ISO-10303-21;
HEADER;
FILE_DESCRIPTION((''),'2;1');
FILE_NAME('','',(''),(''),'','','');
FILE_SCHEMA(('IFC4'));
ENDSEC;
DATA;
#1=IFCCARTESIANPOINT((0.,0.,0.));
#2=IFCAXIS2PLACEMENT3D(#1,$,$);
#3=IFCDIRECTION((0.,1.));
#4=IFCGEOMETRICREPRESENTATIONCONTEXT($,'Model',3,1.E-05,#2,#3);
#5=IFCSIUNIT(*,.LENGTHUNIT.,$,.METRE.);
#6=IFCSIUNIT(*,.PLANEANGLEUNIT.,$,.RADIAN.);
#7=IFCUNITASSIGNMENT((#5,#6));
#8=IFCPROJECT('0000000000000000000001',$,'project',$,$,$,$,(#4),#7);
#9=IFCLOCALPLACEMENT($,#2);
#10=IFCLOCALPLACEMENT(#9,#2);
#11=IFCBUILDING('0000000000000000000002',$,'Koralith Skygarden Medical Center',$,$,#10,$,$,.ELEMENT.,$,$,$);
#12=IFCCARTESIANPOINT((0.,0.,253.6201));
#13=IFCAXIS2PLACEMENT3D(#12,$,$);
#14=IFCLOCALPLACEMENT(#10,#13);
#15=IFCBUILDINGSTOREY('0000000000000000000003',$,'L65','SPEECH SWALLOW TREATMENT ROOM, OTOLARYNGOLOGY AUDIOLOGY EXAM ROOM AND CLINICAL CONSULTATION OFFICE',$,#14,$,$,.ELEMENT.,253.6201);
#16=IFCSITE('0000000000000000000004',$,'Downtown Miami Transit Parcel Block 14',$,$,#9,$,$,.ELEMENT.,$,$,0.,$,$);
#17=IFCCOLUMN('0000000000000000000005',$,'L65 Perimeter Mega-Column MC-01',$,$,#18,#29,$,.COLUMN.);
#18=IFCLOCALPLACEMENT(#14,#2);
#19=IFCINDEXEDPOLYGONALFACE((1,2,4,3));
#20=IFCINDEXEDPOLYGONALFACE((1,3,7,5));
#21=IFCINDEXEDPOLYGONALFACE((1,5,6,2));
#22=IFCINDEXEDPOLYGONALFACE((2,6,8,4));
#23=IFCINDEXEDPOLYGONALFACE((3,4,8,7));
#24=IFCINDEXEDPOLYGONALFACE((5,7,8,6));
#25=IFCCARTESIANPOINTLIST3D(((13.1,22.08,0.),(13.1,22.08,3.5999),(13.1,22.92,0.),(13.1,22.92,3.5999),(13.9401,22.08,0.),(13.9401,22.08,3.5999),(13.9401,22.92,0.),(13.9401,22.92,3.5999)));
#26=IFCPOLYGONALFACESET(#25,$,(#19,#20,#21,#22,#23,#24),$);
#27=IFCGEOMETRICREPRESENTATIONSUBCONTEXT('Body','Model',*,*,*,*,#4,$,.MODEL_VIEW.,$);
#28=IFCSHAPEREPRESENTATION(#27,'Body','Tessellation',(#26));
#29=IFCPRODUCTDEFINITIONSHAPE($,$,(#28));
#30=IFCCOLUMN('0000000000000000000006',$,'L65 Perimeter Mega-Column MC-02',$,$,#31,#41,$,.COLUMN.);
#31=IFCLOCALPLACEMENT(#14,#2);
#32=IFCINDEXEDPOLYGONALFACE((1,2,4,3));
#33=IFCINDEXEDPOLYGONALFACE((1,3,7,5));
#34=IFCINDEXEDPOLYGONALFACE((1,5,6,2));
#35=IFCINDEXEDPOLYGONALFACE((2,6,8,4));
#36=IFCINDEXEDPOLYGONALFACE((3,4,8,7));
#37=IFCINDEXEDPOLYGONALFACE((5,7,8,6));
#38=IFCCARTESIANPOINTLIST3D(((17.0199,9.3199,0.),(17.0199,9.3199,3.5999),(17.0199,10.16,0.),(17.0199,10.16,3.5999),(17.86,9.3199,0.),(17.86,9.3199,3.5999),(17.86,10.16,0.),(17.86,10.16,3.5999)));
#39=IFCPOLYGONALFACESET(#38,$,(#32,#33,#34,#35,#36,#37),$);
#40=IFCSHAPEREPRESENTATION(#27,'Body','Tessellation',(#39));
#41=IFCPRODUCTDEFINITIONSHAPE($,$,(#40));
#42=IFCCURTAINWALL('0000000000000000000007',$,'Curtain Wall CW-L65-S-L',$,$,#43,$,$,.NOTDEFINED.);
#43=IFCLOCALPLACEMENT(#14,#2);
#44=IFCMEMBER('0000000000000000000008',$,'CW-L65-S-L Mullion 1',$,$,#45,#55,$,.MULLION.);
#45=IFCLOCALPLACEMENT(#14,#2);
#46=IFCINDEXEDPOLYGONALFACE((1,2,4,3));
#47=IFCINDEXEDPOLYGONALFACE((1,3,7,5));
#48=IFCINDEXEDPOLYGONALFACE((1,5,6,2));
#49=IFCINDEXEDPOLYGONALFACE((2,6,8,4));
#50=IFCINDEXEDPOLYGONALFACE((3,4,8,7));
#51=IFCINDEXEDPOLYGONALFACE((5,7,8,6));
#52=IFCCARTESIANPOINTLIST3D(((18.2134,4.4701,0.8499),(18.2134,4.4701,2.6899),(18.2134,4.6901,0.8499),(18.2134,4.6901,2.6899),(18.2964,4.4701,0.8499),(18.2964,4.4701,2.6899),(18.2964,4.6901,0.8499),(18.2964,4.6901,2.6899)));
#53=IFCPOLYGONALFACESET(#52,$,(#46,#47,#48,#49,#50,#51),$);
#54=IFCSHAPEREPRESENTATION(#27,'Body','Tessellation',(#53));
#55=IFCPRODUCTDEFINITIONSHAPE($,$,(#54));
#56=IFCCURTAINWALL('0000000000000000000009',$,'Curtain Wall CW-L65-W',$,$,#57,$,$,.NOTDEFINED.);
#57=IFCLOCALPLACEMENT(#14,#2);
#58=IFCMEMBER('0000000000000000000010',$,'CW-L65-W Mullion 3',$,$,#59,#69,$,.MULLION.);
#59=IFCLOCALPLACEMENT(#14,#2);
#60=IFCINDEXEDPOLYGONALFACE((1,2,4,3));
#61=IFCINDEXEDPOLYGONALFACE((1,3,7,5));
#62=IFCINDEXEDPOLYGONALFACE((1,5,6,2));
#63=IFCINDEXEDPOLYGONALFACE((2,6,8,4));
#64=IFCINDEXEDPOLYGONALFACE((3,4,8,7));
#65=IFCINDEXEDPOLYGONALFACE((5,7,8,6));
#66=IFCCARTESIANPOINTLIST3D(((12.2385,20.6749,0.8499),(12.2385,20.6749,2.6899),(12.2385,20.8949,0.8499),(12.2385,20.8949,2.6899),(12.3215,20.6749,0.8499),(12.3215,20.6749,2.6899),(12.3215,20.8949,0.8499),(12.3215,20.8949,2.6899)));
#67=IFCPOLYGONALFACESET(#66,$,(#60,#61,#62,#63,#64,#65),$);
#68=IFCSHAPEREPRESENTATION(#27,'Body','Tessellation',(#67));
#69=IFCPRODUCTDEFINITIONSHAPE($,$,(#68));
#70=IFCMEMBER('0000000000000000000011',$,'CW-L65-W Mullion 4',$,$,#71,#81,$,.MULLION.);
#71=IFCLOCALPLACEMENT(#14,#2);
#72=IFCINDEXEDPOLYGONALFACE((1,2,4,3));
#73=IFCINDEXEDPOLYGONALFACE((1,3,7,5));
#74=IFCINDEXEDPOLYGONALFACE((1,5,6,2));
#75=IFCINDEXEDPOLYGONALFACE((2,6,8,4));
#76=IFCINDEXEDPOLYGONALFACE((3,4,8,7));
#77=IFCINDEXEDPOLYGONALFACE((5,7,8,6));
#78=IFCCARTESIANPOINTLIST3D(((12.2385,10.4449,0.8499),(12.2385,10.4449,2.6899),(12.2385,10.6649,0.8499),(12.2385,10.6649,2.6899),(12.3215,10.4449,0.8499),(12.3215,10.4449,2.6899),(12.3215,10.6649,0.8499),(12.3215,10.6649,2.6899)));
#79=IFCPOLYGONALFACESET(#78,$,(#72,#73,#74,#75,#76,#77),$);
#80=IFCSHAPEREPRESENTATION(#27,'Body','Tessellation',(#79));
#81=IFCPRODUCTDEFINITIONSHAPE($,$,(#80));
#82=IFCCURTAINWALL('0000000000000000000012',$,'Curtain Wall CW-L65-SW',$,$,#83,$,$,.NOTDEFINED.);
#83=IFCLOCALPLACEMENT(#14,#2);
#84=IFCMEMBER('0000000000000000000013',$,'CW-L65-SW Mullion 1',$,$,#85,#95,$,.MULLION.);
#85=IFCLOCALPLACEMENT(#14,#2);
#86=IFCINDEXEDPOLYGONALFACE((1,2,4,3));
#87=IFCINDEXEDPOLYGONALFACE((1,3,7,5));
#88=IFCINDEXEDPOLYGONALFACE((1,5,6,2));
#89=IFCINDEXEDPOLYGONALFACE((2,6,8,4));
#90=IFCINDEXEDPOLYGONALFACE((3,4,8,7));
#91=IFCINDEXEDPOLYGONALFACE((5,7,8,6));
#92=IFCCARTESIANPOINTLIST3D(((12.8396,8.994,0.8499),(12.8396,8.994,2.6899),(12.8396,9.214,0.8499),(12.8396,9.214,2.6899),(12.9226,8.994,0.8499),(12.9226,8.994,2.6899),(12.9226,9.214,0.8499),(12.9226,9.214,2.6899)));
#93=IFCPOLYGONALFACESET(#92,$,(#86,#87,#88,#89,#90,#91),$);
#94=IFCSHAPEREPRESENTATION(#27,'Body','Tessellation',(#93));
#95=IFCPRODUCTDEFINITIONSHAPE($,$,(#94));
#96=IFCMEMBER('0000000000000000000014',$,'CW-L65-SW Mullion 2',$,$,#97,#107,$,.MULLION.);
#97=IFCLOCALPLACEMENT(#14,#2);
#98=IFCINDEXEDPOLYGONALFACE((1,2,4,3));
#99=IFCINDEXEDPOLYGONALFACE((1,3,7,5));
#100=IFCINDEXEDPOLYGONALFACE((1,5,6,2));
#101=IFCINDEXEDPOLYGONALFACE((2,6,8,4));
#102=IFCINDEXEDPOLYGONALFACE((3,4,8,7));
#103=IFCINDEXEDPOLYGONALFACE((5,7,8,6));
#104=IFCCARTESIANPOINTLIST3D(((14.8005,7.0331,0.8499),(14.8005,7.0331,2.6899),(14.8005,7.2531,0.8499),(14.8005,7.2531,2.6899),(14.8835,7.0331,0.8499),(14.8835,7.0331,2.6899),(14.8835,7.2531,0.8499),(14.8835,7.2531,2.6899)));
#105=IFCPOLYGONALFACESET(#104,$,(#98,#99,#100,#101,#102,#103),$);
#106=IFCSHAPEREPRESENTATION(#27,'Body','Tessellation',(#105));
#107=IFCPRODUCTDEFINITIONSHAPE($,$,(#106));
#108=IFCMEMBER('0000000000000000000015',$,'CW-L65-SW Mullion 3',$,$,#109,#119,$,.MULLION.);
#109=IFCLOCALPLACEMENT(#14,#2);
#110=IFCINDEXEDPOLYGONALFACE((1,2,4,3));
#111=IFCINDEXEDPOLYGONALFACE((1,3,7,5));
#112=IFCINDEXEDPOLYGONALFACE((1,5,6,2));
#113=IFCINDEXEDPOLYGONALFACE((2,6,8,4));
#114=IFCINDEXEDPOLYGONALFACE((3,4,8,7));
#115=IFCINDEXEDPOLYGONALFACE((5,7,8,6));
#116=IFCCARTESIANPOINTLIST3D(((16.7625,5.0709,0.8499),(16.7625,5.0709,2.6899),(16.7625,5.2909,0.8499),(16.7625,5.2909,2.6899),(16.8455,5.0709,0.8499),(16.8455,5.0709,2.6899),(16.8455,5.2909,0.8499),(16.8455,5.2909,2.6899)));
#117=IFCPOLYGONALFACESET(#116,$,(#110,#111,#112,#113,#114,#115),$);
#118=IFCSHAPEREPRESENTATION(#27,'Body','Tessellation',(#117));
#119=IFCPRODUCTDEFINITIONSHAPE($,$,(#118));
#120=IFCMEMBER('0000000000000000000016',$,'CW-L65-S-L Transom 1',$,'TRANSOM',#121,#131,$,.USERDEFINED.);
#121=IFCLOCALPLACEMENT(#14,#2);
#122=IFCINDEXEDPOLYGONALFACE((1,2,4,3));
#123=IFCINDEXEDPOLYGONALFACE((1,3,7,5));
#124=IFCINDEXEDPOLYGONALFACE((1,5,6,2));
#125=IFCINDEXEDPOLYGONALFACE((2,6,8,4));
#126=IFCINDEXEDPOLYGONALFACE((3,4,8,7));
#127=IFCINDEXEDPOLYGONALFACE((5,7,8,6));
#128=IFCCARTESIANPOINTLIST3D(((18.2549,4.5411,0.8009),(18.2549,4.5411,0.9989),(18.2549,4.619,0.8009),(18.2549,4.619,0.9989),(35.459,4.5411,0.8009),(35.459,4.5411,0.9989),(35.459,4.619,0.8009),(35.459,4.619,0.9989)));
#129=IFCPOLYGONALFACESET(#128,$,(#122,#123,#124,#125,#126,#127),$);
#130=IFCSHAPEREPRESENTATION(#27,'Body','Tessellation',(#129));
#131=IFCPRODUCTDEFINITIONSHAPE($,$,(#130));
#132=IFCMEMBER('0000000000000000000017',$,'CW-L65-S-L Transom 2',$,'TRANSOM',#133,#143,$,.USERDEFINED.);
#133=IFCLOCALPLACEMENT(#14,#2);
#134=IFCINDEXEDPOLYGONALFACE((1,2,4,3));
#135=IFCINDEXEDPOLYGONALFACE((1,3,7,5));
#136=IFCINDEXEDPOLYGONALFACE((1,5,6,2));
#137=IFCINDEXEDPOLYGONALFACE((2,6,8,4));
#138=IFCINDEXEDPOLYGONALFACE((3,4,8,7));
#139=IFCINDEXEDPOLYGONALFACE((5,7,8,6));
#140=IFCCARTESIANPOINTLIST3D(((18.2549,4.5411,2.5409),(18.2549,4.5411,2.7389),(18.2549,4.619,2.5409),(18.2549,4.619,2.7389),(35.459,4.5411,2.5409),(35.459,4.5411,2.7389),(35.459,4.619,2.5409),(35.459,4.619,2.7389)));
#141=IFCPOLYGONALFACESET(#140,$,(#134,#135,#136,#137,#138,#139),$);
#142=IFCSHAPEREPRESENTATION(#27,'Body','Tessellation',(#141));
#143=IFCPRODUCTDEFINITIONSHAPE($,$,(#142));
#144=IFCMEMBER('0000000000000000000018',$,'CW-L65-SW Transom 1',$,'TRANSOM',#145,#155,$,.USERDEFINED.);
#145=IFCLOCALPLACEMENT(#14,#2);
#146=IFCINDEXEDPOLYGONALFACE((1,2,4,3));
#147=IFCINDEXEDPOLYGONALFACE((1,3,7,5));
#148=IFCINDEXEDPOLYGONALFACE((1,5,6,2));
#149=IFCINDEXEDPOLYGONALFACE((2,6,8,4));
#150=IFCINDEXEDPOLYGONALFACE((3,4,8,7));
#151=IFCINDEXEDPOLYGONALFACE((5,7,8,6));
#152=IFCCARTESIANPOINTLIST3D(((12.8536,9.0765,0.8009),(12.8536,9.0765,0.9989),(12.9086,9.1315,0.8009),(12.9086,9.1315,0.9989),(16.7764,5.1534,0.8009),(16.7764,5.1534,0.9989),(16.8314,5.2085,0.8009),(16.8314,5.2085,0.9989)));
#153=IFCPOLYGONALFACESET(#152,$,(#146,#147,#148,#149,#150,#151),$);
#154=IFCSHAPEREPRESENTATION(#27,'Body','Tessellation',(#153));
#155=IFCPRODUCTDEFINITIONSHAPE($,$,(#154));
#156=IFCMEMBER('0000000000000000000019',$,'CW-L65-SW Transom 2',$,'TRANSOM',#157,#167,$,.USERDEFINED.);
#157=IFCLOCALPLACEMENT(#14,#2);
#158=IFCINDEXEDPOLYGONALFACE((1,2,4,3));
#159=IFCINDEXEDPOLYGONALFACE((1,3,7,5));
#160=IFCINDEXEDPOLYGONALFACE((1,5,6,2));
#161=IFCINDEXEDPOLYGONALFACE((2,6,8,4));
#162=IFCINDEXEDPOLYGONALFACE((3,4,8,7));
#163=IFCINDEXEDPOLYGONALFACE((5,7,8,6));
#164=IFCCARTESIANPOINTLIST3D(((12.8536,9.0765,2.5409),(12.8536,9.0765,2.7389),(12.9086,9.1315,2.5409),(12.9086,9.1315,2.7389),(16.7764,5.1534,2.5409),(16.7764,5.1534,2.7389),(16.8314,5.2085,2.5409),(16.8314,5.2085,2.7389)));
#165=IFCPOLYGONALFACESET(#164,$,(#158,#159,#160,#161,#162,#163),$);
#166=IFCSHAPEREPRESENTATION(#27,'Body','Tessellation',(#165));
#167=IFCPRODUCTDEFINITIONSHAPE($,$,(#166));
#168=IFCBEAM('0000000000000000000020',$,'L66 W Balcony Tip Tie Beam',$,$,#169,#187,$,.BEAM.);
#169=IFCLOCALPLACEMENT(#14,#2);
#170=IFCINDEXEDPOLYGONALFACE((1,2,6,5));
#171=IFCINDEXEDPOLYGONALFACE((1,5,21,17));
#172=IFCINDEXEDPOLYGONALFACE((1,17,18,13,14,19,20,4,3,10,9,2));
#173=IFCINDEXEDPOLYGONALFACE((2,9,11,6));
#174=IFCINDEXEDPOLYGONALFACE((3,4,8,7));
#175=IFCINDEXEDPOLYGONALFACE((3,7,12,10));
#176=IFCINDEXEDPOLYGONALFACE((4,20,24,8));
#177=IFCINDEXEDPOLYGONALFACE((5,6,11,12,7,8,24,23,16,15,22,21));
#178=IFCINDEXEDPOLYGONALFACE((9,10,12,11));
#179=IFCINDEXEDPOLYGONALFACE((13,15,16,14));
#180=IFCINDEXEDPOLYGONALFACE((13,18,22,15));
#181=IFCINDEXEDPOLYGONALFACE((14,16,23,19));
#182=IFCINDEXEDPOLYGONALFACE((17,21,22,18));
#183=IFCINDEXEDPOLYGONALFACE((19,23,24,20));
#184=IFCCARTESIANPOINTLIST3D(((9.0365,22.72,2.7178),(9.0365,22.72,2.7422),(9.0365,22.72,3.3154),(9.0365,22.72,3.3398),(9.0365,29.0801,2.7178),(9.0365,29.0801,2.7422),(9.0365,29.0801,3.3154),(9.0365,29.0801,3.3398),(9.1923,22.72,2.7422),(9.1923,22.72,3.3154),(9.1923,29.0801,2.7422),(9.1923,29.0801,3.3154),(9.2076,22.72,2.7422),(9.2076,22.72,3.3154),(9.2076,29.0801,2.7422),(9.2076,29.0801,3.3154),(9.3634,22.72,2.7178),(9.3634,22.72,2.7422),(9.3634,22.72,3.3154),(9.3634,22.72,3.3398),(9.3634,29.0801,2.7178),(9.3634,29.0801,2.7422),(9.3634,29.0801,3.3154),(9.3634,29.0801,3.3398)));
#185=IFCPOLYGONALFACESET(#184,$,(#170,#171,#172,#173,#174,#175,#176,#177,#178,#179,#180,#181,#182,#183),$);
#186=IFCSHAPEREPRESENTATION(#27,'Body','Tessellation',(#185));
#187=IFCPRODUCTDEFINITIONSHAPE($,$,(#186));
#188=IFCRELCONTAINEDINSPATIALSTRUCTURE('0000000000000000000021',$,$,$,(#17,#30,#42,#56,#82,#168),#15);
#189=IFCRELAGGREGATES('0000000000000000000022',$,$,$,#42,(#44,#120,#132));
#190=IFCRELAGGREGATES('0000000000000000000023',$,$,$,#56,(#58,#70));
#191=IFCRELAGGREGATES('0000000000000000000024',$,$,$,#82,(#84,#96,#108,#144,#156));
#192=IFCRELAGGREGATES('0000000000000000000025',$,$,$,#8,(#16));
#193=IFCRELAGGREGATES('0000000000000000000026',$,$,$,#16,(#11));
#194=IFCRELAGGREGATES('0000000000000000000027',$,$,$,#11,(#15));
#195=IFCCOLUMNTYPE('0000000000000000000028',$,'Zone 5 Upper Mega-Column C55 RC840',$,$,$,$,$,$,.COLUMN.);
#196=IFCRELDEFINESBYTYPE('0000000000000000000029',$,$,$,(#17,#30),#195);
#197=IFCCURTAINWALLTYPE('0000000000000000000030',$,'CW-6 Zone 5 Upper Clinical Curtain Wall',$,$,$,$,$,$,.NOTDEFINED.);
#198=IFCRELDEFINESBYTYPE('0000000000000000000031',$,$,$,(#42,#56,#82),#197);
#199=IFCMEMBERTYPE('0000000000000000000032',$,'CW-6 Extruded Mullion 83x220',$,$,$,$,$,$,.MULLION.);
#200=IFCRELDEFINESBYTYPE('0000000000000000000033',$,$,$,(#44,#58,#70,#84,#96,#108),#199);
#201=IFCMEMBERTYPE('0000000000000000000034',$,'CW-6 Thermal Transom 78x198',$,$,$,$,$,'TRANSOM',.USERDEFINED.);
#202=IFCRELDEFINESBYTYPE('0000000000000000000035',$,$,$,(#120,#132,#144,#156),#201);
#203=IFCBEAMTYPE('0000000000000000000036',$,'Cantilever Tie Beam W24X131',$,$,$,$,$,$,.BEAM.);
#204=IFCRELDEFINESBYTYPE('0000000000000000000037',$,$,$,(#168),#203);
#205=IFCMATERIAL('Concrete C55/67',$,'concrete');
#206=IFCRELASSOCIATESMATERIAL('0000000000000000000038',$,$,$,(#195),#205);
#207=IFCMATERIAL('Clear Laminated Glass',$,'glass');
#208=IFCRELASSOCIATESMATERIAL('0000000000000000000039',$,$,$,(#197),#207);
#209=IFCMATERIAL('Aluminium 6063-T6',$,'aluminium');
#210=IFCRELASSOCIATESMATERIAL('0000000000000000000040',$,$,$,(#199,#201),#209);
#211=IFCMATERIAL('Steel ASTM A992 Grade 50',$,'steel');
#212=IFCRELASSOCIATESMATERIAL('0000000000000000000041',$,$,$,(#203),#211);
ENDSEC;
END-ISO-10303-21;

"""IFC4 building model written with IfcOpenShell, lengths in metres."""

from ifc_helpers import new_model, si_unit, direction, frame, origin, origin_2d, place, context, subcontext, project, spatial, rectangle, i_section, extrude, material, material_profile, profile_set, type_object, element, aggregate, save


model = new_model("IFC4")

# Units and contexts
model_context = context("Model", 3, precision=1e-05, world=origin(), true_north=direction((0.0, 1.0)))
body_context = subcontext(model_context, "Body", "Model", "MODEL_VIEW")
ifc_project = project(units=[si_unit("LENGTHUNIT", "METRE"), si_unit("PLANEANGLEUNIT", "RADIAN")], contexts=[model_context])

# Site, building, storey
site_placement = place(None, origin())
site = spatial("IfcSite", under=ifc_project, at=site_placement, Name="Downtown Miami Transit Parcel Block 14", CompositionType="ELEMENT", RefElevation=0.0)
building_placement = place(site_placement, origin())
building = spatial("IfcBuilding", under=site, at=building_placement, Name="Koralith Skygarden Medical Center", CompositionType="ELEMENT")
storey_placement = place(building_placement, frame((0.0, 0.0, 253.6201)))
storey = spatial("IfcBuildingStorey", under=building, at=storey_placement, Name="L65", Description="SPEECH SWALLOW TREATMENT ROOM, OTOLARYNGOLOGY AUDIOLOGY EXAM ROOM AND CLINICAL CONSULTATION OFFICE", CompositionType="ELEMENT", Elevation=253.6201)

# Columns
ifc_material_1 = material(Name="Concrete C55/67", Category="concrete")
ifc_material_profile_1 = material_profile(ifc_material_1, rectangle(XDim=0.8401, YDim=0.8401, at=origin_2d()), Name="RC840X840")
ifc_profile_set_1 = profile_set([ifc_material_profile_1], Name="Concrete C55/67")
column_type = type_object("IfcColumnType", Name="Zone 5 Upper Mega-Column C55 RC840", PredefinedType="COLUMN", material=ifc_profile_set_1)
for number, where, z_axis, x_axis, name in (
    (1, (13.52, 22.5, 0.0), (0.0, 0.0, 1.0), (1.0, 0.0, 0.0), "L65 Perimeter Mega-Column MC-01"),
    (2, (17.4399, 9.74, 0.0), (0.0, 0.0, 1.0), (1.0, 0.0, 0.0), "L65 Perimeter Mega-Column MC-02"),
):
    element("IfcColumn", number, at=place(storey_placement, frame(where, z_axis=z_axis, x_axis=x_axis)), inside=storey, type_object=column_type, Name=name, PredefinedType="COLUMN", context=body_context, shape_type="SweptSolid", body=[
        extrude(rectangle(XDim=0.8401, YDim=0.8401, at=origin_2d()), origin(), (0.0, 0.0, 1.0), 3.5999),
    ])

# Curtain wall, member
ifc_material_2 = material(Name="Clear Laminated Glass", Category="glass")
curtain_wall_type = type_object("IfcCurtainWallType", Name="CW-6 Zone 5 Upper Clinical Curtain Wall", PredefinedType="NOTDEFINED", material=ifc_material_2)
curtain_wall_1_placement = place(storey_placement, origin())
curtain_wall_1 = element("IfcCurtainWall", 3, at=curtain_wall_1_placement, inside=storey, type_object=curtain_wall_type, Name="Curtain Wall CW-L65-S-L", PredefinedType="NOTDEFINED")
ifc_material_3 = material(Name="Aluminium 6063-T6", Category="aluminium")
ifc_material_profile_2 = material_profile(ifc_material_3, rectangle(XDim=0.083, YDim=0.22, at=origin_2d()), Name="MUL83X220")
ifc_profile_set_2 = profile_set([ifc_material_profile_2], Name="Aluminium 6063-T6")
member_type_1 = type_object("IfcMemberType", Name="CW-6 Extruded Mullion 83x220", PredefinedType="MULLION", material=ifc_profile_set_2)
member_1_placement = place(storey_placement, frame((18.2549, 4.5801, 0.8499), z_axis=(0.0, 0.0, 1.0), x_axis=(1.0, 0.0, 0.0)))
member_1 = element("IfcMember", 4, at=member_1_placement, type_object=member_type_1, Name="CW-L65-S-L Mullion 1", PredefinedType="MULLION", context=body_context, shape_type="SweptSolid", body=[
    extrude(rectangle(XDim=0.083, YDim=0.22, at=origin_2d()), origin(), (0.0, 0.0, 1.0), 1.8401),
])

# Curtain walls, members
curtain_wall_2_placement = place(storey_placement, origin())
curtain_wall_2 = element("IfcCurtainWall", 5, at=curtain_wall_2_placement, inside=storey, type_object=curtain_wall_type, Name="Curtain Wall CW-L65-W", PredefinedType="NOTDEFINED")
member_2_placement = place(storey_placement, frame((12.28, 20.7849, 0.8499), z_axis=(0.0, 0.0, 1.0), x_axis=(1.0, 0.0, 0.0)))
member_2 = element("IfcMember", 6, at=member_2_placement, type_object=member_type_1, Name="CW-L65-W Mullion 3", PredefinedType="MULLION", context=body_context, shape_type="SweptSolid", body=[
    extrude(rectangle(XDim=0.083, YDim=0.22, at=origin_2d()), origin(), (0.0, 0.0, 1.0), 1.8401),
])
member_3_placement = place(storey_placement, frame((12.28, 10.5549, 0.8499), z_axis=(0.0, 0.0, 1.0), x_axis=(1.0, 0.0, 0.0)))
member_3 = element("IfcMember", 7, at=member_3_placement, type_object=member_type_1, Name="CW-L65-W Mullion 4", PredefinedType="MULLION", context=body_context, shape_type="SweptSolid", body=[
    extrude(rectangle(XDim=0.083, YDim=0.22, at=origin_2d()), origin(), (0.0, 0.0, 1.0), 1.8401),
])
curtain_wall_3_placement = place(storey_placement, origin())
curtain_wall_3 = element("IfcCurtainWall", 8, at=curtain_wall_3_placement, inside=storey, type_object=curtain_wall_type, Name="Curtain Wall CW-L65-SW", PredefinedType="NOTDEFINED")
member_4_placement = place(storey_placement, frame((12.8811, 9.104, 0.8499), z_axis=(0.0, 0.0, 1.0), x_axis=(1.0, 0.0, 0.0)))
member_4 = element("IfcMember", 9, at=member_4_placement, type_object=member_type_1, Name="CW-L65-SW Mullion 1", PredefinedType="MULLION", context=body_context, shape_type="SweptSolid", body=[
    extrude(rectangle(XDim=0.083, YDim=0.22, at=origin_2d()), origin(), (0.0, 0.0, 1.0), 1.8401),
])
member_5_placement = place(storey_placement, frame((14.842, 7.1431, 0.8499), z_axis=(0.0, 0.0, 1.0), x_axis=(1.0, 0.0, 0.0)))
member_5 = element("IfcMember", 10, at=member_5_placement, type_object=member_type_1, Name="CW-L65-SW Mullion 2", PredefinedType="MULLION", context=body_context, shape_type="SweptSolid", body=[
    extrude(rectangle(XDim=0.083, YDim=0.22, at=origin_2d()), origin(), (0.0, 0.0, 1.0), 1.8401),
])
member_6_placement = place(storey_placement, frame((16.804, 5.1809, 0.8499), z_axis=(0.0, 0.0, 1.0), x_axis=(1.0, 0.0, 0.0)))
member_6 = element("IfcMember", 11, at=member_6_placement, type_object=member_type_1, Name="CW-L65-SW Mullion 3", PredefinedType="MULLION", context=body_context, shape_type="SweptSolid", body=[
    extrude(rectangle(XDim=0.083, YDim=0.22, at=origin_2d()), origin(), (0.0, 0.0, 1.0), 1.8401),
])

# Members
ifc_material_profile_3 = material_profile(ifc_material_3, rectangle(XDim=0.0779, YDim=0.198, at=origin_2d()), Name="TRN78X198")
ifc_profile_set_3 = profile_set([ifc_material_profile_3], Name="Aluminium 6063-T6")
member_type_2 = type_object("IfcMemberType", Name="CW-6 Thermal Transom 78x198", ElementType="TRANSOM", PredefinedType="USERDEFINED", material=ifc_profile_set_3)
member_7_placement = place(storey_placement, frame((18.2549, 4.5801, 0.8999), z_axis=(1.0, 0.0, 0.0), x_axis=(0.0, 1.0, 0.0)))
member_7 = element("IfcMember", 12, at=member_7_placement, type_object=member_type_2, Name="CW-L65-S-L Transom 1", ObjectType="TRANSOM", PredefinedType="USERDEFINED", context=body_context, shape_type="SweptSolid", body=[
    extrude(rectangle(XDim=0.0779, YDim=0.198, at=origin_2d()), origin(), (0.0, 0.0, 1.0), 17.2041),
])
member_8_placement = place(storey_placement, frame((18.2549, 4.5801, 2.6399), z_axis=(1.0, 0.0, 0.0), x_axis=(0.0, 1.0, 0.0)))
member_8 = element("IfcMember", 13, at=member_8_placement, type_object=member_type_2, Name="CW-L65-S-L Transom 2", ObjectType="TRANSOM", PredefinedType="USERDEFINED", context=body_context, shape_type="SweptSolid", body=[
    extrude(rectangle(XDim=0.0779, YDim=0.198, at=origin_2d()), origin(), (0.0, 0.0, 1.0), 17.2041),
])
aggregate(curtain_wall_1, [member_1, member_7, member_8])
member_9_placement = place(storey_placement, frame((12.8811, 9.104, 0.8999), z_axis=(0.707085, -0.707129, 0.0), x_axis=(0.707129, 0.707085, 0.0)))
member_9 = element("IfcMember", 14, at=member_9_placement, type_object=member_type_2, Name="CW-L65-SW Transom 1", ObjectType="TRANSOM", PredefinedType="USERDEFINED", context=body_context, shape_type="SweptSolid", body=[
    extrude(rectangle(XDim=0.0779, YDim=0.198, at=origin_2d()), origin(), (0.0, 0.0, 1.0), 5.5479),
])
member_10_placement = place(storey_placement, frame((12.8811, 9.104, 2.6399), z_axis=(0.707085, -0.707129, 0.0), x_axis=(0.707129, 0.707085, 0.0)))
member_10 = element("IfcMember", 15, at=member_10_placement, type_object=member_type_2, Name="CW-L65-SW Transom 2", ObjectType="TRANSOM", PredefinedType="USERDEFINED", context=body_context, shape_type="SweptSolid", body=[
    extrude(rectangle(XDim=0.0779, YDim=0.198, at=origin_2d()), origin(), (0.0, 0.0, 1.0), 5.5479),
])

# Beam
ifc_material_4 = material(Name="Steel ASTM A992 Grade 50", Category="steel")
ifc_material_profile_4 = material_profile(ifc_material_4, i_section(OverallWidth=0.3269, OverallDepth=0.6221, WebThickness=0.0154, FlangeThickness=0.0244, at=origin_2d()), Name="W24X131")
ifc_profile_set_4 = profile_set([ifc_material_profile_4], Name="Steel ASTM A992 Grade 50")
beam_type_1 = type_object("IfcBeamType", Name="Cantilever Tie Beam W24X131", PredefinedType="BEAM", material=ifc_profile_set_4)
beam_1_placement = place(storey_placement, frame((9.2, 22.72, 3.0288), z_axis=(0.0, 1.0, 0.0), x_axis=(-1.0, 0.0, 0.0)))
element("IfcBeam", 16, at=beam_1_placement, inside=storey, type_object=beam_type_1, Name="L66 W Balcony Tip Tie Beam", PredefinedType="BEAM", context=body_context, shape_type="SweptSolid", body=[
    extrude(i_section(OverallWidth=0.3269, OverallDepth=0.6221, WebThickness=0.0154, FlangeThickness=0.0244, at=origin_2d()), origin(), (0.0, 0.0, 1.0), 6.3601),
])

aggregate(curtain_wall_2, [member_2, member_3])
aggregate(curtain_wall_3, [member_4, member_5, member_6, member_9, member_10])

save(model, "model.ifc")
